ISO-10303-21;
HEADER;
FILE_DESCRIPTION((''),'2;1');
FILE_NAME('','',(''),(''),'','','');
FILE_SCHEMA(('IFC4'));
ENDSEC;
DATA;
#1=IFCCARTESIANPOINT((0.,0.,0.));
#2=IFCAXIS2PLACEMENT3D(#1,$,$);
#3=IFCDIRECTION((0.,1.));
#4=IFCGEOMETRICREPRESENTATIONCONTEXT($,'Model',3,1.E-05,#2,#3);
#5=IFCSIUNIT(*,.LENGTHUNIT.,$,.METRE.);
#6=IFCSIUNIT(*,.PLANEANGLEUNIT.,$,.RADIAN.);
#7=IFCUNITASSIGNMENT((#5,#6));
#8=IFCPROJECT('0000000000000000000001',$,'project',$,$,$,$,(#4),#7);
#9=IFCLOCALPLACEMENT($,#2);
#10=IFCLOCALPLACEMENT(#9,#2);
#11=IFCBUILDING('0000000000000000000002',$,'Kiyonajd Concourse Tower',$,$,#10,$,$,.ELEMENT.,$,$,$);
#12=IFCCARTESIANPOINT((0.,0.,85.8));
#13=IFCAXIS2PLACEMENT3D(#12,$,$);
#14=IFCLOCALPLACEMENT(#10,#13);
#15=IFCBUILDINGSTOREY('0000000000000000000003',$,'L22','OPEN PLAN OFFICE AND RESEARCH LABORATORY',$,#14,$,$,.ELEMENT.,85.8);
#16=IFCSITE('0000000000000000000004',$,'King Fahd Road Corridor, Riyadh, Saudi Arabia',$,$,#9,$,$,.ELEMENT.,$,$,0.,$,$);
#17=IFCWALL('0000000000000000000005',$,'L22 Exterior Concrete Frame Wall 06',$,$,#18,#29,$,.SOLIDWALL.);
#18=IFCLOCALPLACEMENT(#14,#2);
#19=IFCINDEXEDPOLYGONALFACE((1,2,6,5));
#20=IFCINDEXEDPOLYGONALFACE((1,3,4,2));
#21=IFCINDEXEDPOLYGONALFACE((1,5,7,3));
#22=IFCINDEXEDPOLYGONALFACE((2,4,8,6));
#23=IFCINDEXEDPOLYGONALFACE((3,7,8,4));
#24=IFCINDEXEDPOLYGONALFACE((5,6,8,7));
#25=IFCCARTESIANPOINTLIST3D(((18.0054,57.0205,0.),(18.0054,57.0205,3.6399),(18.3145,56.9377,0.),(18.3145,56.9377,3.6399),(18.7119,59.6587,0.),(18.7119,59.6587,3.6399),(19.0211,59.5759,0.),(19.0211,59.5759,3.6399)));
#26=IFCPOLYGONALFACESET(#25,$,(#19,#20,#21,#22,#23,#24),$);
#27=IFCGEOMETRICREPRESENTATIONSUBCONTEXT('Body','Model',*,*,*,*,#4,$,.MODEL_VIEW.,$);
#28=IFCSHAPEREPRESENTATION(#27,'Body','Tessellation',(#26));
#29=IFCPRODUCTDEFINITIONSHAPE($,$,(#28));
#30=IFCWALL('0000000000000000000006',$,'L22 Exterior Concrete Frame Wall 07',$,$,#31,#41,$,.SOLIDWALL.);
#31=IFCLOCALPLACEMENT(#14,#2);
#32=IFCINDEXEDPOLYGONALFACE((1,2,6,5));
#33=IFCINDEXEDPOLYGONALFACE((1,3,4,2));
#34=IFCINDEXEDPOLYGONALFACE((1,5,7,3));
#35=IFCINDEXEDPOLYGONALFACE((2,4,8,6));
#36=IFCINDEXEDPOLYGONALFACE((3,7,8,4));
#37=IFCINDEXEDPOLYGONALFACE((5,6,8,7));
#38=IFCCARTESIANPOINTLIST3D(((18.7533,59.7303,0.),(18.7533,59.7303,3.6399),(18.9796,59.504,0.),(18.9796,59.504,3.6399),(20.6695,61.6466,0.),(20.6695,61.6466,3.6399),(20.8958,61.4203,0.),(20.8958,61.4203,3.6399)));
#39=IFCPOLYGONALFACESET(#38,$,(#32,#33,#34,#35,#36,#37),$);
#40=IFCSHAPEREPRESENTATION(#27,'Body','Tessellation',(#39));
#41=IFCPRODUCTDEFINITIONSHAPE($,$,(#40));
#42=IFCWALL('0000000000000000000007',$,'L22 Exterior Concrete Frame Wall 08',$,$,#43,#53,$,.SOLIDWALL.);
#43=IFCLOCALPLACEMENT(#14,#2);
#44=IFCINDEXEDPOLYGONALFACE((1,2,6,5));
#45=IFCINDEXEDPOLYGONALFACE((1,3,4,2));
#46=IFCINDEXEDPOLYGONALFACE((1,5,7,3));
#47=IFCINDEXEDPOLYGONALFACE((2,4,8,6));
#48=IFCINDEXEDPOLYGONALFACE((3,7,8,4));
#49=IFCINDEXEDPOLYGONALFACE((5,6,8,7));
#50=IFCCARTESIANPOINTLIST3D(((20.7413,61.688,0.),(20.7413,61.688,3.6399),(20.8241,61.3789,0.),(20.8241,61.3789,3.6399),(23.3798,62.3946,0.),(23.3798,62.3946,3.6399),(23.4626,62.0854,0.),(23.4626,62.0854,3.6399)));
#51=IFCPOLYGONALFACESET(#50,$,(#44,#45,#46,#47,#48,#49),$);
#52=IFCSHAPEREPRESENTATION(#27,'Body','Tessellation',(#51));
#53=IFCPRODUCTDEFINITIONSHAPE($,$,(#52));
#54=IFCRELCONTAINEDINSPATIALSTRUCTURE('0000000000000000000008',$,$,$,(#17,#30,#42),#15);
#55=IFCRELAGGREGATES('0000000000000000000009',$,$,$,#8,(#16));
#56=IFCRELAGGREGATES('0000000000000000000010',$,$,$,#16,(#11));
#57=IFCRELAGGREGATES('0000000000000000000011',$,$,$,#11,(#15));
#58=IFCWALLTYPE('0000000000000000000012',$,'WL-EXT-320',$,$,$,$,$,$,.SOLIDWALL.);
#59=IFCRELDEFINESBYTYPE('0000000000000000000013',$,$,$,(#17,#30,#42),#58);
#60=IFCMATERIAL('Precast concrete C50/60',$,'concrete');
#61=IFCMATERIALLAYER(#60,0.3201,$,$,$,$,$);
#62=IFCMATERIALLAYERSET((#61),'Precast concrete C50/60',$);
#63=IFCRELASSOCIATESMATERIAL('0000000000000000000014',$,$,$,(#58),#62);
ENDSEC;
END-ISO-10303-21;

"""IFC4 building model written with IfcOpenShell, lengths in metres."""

from ifc_helpers import new_model, si_unit, direction, frame, frame_2d, origin, place, context, subcontext, project, spatial, rectangle, extrude, material, layer, layer_set, type_object, element, save


model = new_model("IFC4")

# Units and contexts
model_context = context("Model", 3, precision=1e-05, world=origin(), true_north=direction((0.0, 1.0)))
body_context = subcontext(model_context, "Body", "Model", "MODEL_VIEW")
ifc_project = project(units=[si_unit("LENGTHUNIT", "METRE"), si_unit("PLANEANGLEUNIT", "RADIAN")], contexts=[model_context])

# Site, building, storey
site_placement = place(None, origin())
site = spatial("IfcSite", under=ifc_project, at=site_placement, Name="King Fahd Road Corridor, Riyadh, Saudi Arabia", CompositionType="ELEMENT", RefElevation=0.0)
building_placement = place(site_placement, origin())
building = spatial("IfcBuilding", under=site, at=building_placement, Name="Kiyonajd Concourse Tower", CompositionType="ELEMENT")
storey_placement = place(building_placement, frame((0.0, 0.0, 85.8)))
storey = spatial("IfcBuildingStorey", under=building, at=storey_placement, Name="L22", Description="OPEN PLAN OFFICE AND RESEARCH LABORATORY", CompositionType="ELEMENT", Elevation=85.8)

# Shared definitions
ifc_material_1 = material(Name="Precast concrete C50/60", Category="concrete")

# Walls
ifc_layer_1 = layer(ifc_material_1, 0.3201)
ifc_layer_set_1 = layer_set([ifc_layer_1], Name="Precast concrete C50/60")
wall_type = type_object("IfcWallType", Name="WL-EXT-320", PredefinedType="SOLIDWALL", material=ifc_layer_set_1)
wall_1_placement = place(storey_placement, frame((18.1599, 56.979, 0.0), z_axis=(0.0, 0.0, 1.0), x_axis=(0.258697, 0.965958, 0.0)))
element("IfcWall", 1, at=wall_1_placement, inside=storey, type_object=wall_type, Name="L22 Exterior Concrete Frame Wall 06", PredefinedType="SOLIDWALL", context=body_context, shape_type="SweptSolid", body=[
    extrude(rectangle(XDim=2.7312, YDim=0.3201, at=frame_2d((1.3657, 0.0))), origin(), (0.0, 0.0, 1.0), 3.6399),
])
wall_2_placement = place(storey_placement, frame((18.8665, 59.6172, 0.0), z_axis=(0.0, 0.0, 1.0), x_axis=(0.707107, 0.707107, 0.0)))
element("IfcWall", 2, at=wall_2_placement, inside=storey, type_object=wall_type, Name="L22 Exterior Concrete Frame Wall 07", PredefinedType="SOLIDWALL", context=body_context, shape_type="SweptSolid", body=[
    extrude(rectangle(XDim=2.71, YDim=0.3201, at=frame_2d((1.355, 0.0))), origin(), (0.0, 0.0, 1.0), 3.6399),
])
wall_3_placement = place(storey_placement, frame((20.7827, 61.5334, 0.0), z_axis=(0.0, 0.0, 1.0), x_axis=(0.965964, 0.258675, 0.0)))
element("IfcWall", 3, at=wall_3_placement, inside=storey, type_object=wall_type, Name="L22 Exterior Concrete Frame Wall 08", PredefinedType="SOLIDWALL", context=body_context, shape_type="SweptSolid", body=[
    extrude(rectangle(XDim=2.7314, YDim=0.3201, at=frame_2d((1.3657, 0.0))), origin(), (0.0, 0.0, 1.0), 3.6399),
])

save(model, "model.ifc")
